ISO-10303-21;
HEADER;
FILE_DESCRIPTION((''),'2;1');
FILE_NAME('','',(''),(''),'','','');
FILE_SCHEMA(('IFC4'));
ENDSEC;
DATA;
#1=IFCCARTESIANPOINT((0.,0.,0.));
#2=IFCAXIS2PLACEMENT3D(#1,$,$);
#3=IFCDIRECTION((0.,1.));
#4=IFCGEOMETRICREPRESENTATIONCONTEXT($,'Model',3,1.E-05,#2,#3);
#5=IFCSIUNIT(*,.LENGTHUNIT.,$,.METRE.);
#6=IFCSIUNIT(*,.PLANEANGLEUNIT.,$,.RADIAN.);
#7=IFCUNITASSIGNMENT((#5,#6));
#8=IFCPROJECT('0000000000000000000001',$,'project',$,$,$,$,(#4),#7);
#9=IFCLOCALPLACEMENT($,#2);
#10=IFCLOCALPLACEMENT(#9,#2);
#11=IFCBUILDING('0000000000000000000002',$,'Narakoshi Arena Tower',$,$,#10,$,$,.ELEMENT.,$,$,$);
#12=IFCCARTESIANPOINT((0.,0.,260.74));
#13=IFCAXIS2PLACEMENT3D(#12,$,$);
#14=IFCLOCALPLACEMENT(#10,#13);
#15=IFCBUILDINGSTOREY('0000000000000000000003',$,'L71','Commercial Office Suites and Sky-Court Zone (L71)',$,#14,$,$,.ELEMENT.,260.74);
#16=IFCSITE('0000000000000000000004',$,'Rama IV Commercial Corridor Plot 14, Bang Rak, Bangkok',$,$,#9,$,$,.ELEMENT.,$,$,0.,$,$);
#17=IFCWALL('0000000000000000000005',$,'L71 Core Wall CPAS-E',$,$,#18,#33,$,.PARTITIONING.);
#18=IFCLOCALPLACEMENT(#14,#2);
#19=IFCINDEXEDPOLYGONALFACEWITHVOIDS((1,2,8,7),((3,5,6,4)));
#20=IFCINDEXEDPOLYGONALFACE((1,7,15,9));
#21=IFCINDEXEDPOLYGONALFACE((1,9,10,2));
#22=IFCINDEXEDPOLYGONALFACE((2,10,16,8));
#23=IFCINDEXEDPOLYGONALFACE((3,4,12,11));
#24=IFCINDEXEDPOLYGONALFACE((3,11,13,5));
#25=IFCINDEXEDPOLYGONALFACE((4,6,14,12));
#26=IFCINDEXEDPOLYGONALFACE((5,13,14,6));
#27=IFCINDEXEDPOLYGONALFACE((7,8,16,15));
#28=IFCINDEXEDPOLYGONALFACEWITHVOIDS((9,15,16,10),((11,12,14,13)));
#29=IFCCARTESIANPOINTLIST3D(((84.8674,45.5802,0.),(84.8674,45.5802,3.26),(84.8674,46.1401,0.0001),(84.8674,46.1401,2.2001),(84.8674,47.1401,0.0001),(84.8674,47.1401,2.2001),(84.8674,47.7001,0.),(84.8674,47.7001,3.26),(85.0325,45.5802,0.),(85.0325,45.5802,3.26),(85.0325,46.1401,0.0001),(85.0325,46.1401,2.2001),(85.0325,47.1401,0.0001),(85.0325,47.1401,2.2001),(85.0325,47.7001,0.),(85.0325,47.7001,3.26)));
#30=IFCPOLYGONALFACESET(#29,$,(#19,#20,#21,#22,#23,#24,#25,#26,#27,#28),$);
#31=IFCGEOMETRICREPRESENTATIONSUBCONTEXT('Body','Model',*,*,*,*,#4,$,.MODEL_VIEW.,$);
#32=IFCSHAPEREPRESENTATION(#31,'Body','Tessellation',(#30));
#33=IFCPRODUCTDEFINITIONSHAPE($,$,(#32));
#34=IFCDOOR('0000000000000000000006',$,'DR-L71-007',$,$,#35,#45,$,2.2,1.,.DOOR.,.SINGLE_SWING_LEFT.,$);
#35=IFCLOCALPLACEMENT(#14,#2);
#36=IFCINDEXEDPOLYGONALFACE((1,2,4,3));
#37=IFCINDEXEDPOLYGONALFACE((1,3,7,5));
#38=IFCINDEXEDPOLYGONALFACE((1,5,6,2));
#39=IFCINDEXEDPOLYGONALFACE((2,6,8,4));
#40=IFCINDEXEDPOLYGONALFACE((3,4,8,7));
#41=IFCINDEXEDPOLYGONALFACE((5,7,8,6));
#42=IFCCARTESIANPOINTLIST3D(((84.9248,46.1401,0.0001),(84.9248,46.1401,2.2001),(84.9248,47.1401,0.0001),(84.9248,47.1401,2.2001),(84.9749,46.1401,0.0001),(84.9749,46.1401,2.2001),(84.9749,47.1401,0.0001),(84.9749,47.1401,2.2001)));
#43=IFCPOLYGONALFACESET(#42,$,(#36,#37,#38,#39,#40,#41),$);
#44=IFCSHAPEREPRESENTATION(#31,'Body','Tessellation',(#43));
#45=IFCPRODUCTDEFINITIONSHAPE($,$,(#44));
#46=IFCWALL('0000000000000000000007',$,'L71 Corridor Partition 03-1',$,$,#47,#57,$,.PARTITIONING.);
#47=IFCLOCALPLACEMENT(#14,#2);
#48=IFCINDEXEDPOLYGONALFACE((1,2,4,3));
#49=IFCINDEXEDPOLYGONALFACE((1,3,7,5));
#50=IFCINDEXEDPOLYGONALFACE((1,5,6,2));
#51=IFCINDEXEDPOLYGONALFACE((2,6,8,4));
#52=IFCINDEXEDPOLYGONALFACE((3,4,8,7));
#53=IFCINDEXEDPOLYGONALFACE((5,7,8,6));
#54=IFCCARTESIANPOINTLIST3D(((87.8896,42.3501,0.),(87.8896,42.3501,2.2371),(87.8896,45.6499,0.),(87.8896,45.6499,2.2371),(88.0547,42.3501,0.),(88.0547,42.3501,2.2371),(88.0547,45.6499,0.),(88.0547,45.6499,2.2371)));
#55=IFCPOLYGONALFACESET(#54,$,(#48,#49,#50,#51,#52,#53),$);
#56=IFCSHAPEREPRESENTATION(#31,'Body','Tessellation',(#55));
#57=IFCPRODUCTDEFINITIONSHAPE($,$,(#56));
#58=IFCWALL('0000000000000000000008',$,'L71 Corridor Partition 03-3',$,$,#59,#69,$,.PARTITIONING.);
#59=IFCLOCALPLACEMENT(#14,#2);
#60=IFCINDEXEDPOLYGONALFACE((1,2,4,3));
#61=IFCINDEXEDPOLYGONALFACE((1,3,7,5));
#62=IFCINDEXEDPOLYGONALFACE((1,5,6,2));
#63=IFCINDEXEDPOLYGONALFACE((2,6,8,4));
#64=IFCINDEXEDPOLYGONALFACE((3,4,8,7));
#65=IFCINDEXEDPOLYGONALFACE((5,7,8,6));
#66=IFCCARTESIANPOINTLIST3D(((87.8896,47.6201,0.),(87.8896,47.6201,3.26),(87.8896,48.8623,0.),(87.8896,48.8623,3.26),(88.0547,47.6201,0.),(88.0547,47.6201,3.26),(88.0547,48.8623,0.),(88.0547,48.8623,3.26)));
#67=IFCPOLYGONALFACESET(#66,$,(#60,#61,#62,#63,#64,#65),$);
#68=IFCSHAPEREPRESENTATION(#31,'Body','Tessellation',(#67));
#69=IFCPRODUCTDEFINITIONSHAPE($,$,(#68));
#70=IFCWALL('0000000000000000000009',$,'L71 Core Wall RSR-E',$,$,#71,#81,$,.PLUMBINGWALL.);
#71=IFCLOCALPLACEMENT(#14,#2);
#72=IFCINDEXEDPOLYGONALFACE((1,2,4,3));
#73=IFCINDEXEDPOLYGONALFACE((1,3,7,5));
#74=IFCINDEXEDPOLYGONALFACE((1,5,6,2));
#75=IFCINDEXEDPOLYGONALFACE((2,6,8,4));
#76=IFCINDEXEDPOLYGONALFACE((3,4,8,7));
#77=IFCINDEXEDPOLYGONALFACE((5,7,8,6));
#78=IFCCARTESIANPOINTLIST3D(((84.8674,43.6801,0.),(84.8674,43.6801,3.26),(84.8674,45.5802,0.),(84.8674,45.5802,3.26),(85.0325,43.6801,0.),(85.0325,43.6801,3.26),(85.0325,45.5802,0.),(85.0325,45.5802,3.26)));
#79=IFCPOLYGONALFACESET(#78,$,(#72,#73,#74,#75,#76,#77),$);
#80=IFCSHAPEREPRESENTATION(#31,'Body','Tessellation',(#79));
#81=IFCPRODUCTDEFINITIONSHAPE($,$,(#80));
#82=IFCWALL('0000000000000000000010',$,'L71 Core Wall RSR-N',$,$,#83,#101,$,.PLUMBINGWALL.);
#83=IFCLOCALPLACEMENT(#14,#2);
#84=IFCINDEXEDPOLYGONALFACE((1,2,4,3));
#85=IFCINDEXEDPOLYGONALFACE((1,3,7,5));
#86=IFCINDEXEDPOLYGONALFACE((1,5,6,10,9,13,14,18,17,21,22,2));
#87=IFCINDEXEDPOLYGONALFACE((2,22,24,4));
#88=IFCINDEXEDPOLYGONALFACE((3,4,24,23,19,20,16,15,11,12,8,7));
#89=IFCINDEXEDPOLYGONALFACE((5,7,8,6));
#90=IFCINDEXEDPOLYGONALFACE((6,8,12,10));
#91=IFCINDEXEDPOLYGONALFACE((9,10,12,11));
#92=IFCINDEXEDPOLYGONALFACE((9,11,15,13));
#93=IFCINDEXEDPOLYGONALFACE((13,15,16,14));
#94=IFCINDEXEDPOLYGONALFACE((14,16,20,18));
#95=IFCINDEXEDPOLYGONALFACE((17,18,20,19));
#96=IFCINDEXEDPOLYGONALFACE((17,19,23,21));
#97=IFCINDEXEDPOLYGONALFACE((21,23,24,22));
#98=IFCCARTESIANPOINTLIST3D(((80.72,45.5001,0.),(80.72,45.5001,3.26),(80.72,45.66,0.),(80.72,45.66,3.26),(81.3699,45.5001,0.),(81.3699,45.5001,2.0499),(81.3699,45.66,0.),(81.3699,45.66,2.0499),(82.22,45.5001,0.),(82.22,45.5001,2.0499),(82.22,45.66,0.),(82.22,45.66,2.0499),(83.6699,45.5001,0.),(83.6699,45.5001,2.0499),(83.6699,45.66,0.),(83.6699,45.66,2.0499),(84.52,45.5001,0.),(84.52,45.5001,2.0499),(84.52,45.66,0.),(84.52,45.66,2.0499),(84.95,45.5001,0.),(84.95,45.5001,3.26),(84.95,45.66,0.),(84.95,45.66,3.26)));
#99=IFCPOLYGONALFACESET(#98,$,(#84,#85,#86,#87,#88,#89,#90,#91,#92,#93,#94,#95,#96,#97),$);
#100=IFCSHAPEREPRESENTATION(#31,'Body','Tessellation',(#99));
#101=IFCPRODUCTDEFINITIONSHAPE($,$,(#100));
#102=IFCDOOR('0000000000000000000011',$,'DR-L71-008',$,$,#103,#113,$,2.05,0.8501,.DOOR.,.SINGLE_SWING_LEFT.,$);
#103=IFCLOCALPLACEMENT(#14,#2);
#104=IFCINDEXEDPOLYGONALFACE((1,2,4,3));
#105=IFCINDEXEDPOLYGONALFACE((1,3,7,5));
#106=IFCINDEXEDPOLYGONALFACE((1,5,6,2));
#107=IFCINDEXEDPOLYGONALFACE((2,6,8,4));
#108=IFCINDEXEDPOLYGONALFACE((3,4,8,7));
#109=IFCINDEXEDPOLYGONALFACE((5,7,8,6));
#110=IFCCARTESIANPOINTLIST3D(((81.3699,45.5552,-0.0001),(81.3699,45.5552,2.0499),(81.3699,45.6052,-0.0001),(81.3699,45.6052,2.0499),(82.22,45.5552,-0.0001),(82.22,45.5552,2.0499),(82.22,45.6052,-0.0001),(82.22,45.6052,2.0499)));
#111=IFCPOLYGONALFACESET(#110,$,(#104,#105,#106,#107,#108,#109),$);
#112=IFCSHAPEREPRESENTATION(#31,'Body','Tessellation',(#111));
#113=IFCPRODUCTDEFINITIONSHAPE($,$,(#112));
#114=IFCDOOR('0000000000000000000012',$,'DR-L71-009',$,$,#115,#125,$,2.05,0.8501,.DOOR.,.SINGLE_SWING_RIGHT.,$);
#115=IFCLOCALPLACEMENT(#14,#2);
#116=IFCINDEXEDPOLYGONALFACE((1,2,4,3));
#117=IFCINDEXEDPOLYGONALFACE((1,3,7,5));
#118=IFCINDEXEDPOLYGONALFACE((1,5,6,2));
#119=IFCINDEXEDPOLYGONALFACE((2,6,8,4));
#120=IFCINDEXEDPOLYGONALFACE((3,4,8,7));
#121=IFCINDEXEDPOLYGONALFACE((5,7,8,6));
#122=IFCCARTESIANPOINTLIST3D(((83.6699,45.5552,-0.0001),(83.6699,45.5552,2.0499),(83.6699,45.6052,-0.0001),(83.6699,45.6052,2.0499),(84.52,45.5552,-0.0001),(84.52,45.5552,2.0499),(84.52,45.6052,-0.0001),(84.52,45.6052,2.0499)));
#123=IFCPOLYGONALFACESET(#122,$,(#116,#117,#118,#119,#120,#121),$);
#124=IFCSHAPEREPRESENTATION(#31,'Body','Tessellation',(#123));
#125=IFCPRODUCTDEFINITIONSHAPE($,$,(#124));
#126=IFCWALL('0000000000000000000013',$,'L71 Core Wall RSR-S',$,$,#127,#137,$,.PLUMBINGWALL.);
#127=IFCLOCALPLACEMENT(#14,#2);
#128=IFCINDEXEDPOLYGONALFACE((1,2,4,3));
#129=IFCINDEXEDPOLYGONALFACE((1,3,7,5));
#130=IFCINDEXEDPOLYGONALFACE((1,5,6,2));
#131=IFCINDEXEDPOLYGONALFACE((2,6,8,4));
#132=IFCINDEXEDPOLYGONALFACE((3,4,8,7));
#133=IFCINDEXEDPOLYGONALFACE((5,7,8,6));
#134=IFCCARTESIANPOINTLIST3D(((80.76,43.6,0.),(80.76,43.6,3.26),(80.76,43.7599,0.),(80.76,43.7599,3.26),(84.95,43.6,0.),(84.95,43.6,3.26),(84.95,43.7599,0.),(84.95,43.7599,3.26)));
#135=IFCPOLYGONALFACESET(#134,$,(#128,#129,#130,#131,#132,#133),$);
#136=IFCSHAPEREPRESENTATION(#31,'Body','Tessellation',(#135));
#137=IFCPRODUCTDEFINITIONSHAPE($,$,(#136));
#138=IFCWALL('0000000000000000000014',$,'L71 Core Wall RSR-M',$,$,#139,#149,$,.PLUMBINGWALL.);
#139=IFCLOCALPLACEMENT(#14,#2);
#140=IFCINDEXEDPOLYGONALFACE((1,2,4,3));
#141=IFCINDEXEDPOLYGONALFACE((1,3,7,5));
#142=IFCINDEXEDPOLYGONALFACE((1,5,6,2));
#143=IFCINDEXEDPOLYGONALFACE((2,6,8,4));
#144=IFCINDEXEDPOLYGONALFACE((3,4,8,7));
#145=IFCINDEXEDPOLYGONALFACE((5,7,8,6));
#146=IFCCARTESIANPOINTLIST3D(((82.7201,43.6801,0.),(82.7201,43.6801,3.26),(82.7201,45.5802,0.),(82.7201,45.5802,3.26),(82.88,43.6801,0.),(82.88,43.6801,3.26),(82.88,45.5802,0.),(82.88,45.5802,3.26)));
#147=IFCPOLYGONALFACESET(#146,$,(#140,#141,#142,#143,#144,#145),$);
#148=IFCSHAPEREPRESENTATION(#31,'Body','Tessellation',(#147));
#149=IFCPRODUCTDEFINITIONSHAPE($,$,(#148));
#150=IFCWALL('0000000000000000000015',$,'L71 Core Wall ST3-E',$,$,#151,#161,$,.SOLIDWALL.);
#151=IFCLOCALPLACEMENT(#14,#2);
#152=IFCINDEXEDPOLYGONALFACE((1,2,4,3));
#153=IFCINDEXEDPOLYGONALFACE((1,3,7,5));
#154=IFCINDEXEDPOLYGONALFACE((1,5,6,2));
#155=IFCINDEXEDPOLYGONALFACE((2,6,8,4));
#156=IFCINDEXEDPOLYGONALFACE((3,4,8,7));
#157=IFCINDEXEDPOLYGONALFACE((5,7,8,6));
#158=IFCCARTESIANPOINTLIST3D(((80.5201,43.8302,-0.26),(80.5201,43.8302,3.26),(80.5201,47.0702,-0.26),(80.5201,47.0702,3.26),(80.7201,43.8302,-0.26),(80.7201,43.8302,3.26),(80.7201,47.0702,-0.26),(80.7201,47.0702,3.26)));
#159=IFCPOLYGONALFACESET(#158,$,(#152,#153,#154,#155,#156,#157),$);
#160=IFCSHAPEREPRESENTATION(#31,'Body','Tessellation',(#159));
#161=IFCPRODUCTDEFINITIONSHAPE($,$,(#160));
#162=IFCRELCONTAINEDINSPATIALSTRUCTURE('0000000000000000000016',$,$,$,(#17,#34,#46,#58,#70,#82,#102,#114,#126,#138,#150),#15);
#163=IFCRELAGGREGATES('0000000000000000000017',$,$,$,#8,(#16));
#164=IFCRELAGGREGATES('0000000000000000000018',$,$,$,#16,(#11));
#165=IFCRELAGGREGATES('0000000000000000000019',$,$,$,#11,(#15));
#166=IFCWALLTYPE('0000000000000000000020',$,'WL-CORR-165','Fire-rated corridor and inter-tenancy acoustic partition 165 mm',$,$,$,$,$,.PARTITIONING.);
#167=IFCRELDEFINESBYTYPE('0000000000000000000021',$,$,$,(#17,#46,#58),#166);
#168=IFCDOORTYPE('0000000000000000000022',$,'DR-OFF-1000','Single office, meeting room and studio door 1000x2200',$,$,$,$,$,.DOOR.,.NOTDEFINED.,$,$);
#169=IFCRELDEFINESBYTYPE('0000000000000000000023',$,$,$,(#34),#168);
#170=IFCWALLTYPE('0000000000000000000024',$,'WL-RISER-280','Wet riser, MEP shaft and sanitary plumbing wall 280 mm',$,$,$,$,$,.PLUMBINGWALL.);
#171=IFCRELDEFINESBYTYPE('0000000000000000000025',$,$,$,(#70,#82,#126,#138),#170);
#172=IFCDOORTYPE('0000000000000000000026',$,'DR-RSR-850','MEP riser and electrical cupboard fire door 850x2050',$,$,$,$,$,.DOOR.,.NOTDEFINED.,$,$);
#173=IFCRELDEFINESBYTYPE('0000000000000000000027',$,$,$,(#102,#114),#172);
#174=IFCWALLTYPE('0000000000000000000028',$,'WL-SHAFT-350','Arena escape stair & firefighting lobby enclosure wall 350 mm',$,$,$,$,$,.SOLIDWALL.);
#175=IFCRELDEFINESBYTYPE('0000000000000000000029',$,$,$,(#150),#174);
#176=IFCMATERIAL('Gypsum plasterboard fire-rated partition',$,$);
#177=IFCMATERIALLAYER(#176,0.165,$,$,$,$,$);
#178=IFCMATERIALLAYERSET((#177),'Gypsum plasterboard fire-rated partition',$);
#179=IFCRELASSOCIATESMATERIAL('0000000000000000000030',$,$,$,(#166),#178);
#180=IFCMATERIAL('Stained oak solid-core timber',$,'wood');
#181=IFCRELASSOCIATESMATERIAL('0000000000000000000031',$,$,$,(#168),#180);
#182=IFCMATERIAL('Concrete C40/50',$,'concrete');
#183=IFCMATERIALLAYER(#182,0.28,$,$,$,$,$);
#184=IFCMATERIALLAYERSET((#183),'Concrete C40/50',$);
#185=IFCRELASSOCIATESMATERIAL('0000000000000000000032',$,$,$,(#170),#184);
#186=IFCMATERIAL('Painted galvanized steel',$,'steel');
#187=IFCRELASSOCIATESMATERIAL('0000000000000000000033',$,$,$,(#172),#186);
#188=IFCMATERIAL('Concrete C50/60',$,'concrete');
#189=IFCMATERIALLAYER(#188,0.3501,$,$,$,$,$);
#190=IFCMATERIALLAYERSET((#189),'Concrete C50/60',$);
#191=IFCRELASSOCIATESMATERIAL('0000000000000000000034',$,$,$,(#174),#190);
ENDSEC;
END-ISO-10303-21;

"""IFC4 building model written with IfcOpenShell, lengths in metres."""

from ifc_helpers import new_model, si_unit, direction, frame, frame_2d, origin, place, context, subcontext, project, spatial, rectangle, extrude, material, layer, layer_set, type_object, element, fill, save


model = new_model("IFC4")

# Units and contexts
model_context = context("Model", 3, precision=1e-05, world=origin(), true_north=direction((0.0, 1.0)))
body_context = subcontext(model_context, "Body", "Model", "MODEL_VIEW")
ifc_project = project(units=[si_unit("LENGTHUNIT", "METRE"), si_unit("PLANEANGLEUNIT", "RADIAN")], contexts=[model_context])

# Site, building, storey
site_placement = place(None, origin())
site = spatial("IfcSite", under=ifc_project, at=site_placement, Name="Rama IV Commercial Corridor Plot 14, Bang Rak, Bangkok", CompositionType="ELEMENT", RefElevation=0.0)
building_placement = place(site_placement, origin())
building = spatial("IfcBuilding", under=site, at=building_placement, Name="Narakoshi Arena Tower", CompositionType="ELEMENT")
storey_placement = place(building_placement, frame((0.0, 0.0, 260.74)))
storey = spatial("IfcBuildingStorey", under=building, at=storey_placement, Name="L71", Description="Commercial Office Suites and Sky-Court Zone (L71)", CompositionType="ELEMENT", Elevation=260.74)

# Shared definitions
ifc_material_1 = material(Name="Concrete C50/60", Category="concrete")

# Wall, opening, door
ifc_material_2 = material(Name="Gypsum plasterboard fire-rated partition")
ifc_layer_1 = layer(ifc_material_2, 0.165)
ifc_layer_set_1 = layer_set([ifc_layer_1], Name="Gypsum plasterboard fire-rated partition")
wall_type_1 = type_object("IfcWallType", Name="WL-CORR-165", Description="Fire-rated corridor and inter-tenancy acoustic partition 165 mm", PredefinedType="PARTITIONING", material=ifc_layer_set_1)
wall_1_placement = place(storey_placement, frame((84.95, 45.5801, 0.0), z_axis=(0.0, 0.0, 1.0), x_axis=(0.0, 1.0, 0.0)))
wall_1 = element("IfcWall", 1, at=wall_1_placement, inside=storey, type_object=wall_type_1, Name="L71 Core Wall CPAS-E", PredefinedType="PARTITIONING", context=body_context, shape_type="SweptSolid", body=[
    extrude(rectangle(XDim=2.1199, YDim=0.165, at=frame_2d((1.0601, 0.0))), origin(), (0.0, 0.0, 1.0), 3.26),
])
opening_1_placement = place(wall_1_placement, frame((0.5601, 0.0, 0.0)))
opening_1 = element("IfcOpeningElement", 2, at=opening_1_placement, cuts=wall_1, PredefinedType="OPENING", context=body_context, shape_type="SweptSolid", body=[
    extrude(rectangle(XDim=1.0, YDim=2.2, at=frame_2d((0.5, 1.1001))), frame((0.0, 0.0925, 0.0), z_axis=(0.0, -1.0, 0.0), x_axis=(1.0, 0.0, 0.0)), (0.0, 0.0, 1.0), 0.1851),
])
ifc_material_3 = material(Name="Stained oak solid-core timber", Category="wood")
door_type_1 = type_object("IfcDoorType", Name="DR-OFF-1000", Description="Single office, meeting room and studio door 1000x2200", OperationType="NOTDEFINED", PredefinedType="DOOR", material=ifc_material_3)
door_1_placement = place(opening_1_placement, frame((1.0, 0.0, 0.0), z_axis=(0.0, 0.0, 1.0), x_axis=(-1.0, 0.0, 0.0)))
door_1 = element("IfcDoor", 3, at=door_1_placement, inside=storey, type_object=door_type_1, Name="DR-L71-007", OperationType="SINGLE_SWING_LEFT", OverallHeight=2.2, OverallWidth=1.0, PredefinedType="DOOR", context=body_context, shape_type="SweptSolid", body=[
    extrude(rectangle(XDim=1.0, YDim=2.2, at=frame_2d((0.5, 1.1001))), frame((0.0, 0.0249, 0.0), z_axis=(0.0, -1.0, 0.0), x_axis=(1.0, 0.0, 0.0)), (0.0, 0.0, 1.0), 0.05),
])
fill(opening_1, door_1)

# Walls
wall_2_placement = place(storey_placement, frame((87.9722, 42.3501, 0.0), z_axis=(0.0, 0.0, 1.0), x_axis=(0.0, 1.0, 0.0)))
element("IfcWall", 4, at=wall_2_placement, inside=storey, type_object=wall_type_1, Name="L71 Corridor Partition 03-1", PredefinedType="PARTITIONING", context=body_context, shape_type="SweptSolid", body=[
    extrude(rectangle(XDim=3.2998, YDim=0.165, at=frame_2d((1.6499, 0.0))), origin(), (0.0, 0.0, 1.0), 2.2371),
])
wall_3_placement = place(storey_placement, frame((87.9722, 47.6201, 0.0), z_axis=(0.0, 0.0, 1.0), x_axis=(0.0, 1.0, 0.0)))
element("IfcWall", 5, at=wall_3_placement, inside=storey, type_object=wall_type_1, Name="L71 Corridor Partition 03-3", PredefinedType="PARTITIONING", context=body_context, shape_type="SweptSolid", body=[
    extrude(rectangle(XDim=1.2422, YDim=0.165, at=frame_2d((0.6211, 0.0))), origin(), (0.0, 0.0, 1.0), 3.26),
])
ifc_material_4 = material(Name="Concrete C40/50", Category="concrete")
ifc_layer_2 = layer(ifc_material_4, 0.28)
ifc_layer_set_2 = layer_set([ifc_layer_2], Name="Concrete C40/50")
wall_type_2 = type_object("IfcWallType", Name="WL-RISER-280", Description="Wet riser, MEP shaft and sanitary plumbing wall 280 mm", PredefinedType="PLUMBINGWALL", material=ifc_layer_set_2)
wall_4_placement = place(storey_placement, frame((84.95, 43.6799, 0.0), z_axis=(0.0, 0.0, 1.0), x_axis=(0.0, 1.0, 0.0)))
element("IfcWall", 6, at=wall_4_placement, inside=storey, type_object=wall_type_2, Name="L71 Core Wall RSR-E", PredefinedType="PLUMBINGWALL", context=body_context, shape_type="SweptSolid", body=[
    extrude(rectangle(XDim=1.9001, YDim=0.165, at=frame_2d((0.9502, 0.0))), origin(), (0.0, 0.0, 1.0), 3.26),
])

# Wall, openings, doors
wall_5_placement = place(storey_placement, frame((80.72, 45.5801, 0.0), z_axis=(0.0, 0.0, 1.0), x_axis=(1.0, 0.0, 0.0)))
wall_5 = element("IfcWall", 7, at=wall_5_placement, inside=storey, type_object=wall_type_2, Name="L71 Core Wall RSR-N", PredefinedType="PLUMBINGWALL", context=body_context, shape_type="SweptSolid", body=[
    extrude(rectangle(XDim=4.23, YDim=0.1599, at=frame_2d((2.115, 0.0))), origin(), (0.0, 0.0, 1.0), 3.26),
])
opening_2_placement = place(wall_5_placement, frame((0.6499, 0.0, 0.0)))
opening_2 = element("IfcOpeningElement", 8, at=opening_2_placement, cuts=wall_5, PredefinedType="OPENING", context=body_context, shape_type="SweptSolid", body=[
    extrude(rectangle(XDim=0.8501, YDim=2.05, at=frame_2d((0.425, 1.0249))), frame((0.0, 0.0898, 0.0), z_axis=(0.0, -1.0, 0.0), x_axis=(1.0, 0.0, 0.0)), (0.0, 0.0, 1.0), 0.1799),
])
opening_3_placement = place(wall_5_placement, frame((2.95, 0.0, 0.0)))
opening_3 = element("IfcOpeningElement", 9, at=opening_3_placement, cuts=wall_5, PredefinedType="OPENING", context=body_context, shape_type="SweptSolid", body=[
    extrude(rectangle(XDim=0.8501, YDim=2.05, at=frame_2d((0.425, 1.0249))), frame((0.0, 0.0898, 0.0), z_axis=(0.0, -1.0, 0.0), x_axis=(1.0, 0.0, 0.0)), (0.0, 0.0, 1.0), 0.1799),
])
ifc_material_5 = material(Name="Painted galvanized steel", Category="steel")
door_type_2 = type_object("IfcDoorType", Name="DR-RSR-850", Description="MEP riser and electrical cupboard fire door 850x2050", OperationType="NOTDEFINED", PredefinedType="DOOR", material=ifc_material_5)
door_2_placement = place(opening_2_placement, frame((0.8501, 0.0, 0.0), z_axis=(0.0, 0.0, 1.0), x_axis=(-1.0, 0.0, 0.0)))
door_2 = element("IfcDoor", 10, at=door_2_placement, inside=storey, type_object=door_type_2, Name="DR-L71-008", OperationType="SINGLE_SWING_LEFT", OverallHeight=2.05, OverallWidth=0.8501, PredefinedType="DOOR", context=body_context, shape_type="SweptSolid", body=[
    extrude(rectangle(XDim=0.8501, YDim=2.05, at=frame_2d((0.425, 1.0249))), frame((0.0, 0.0249, 0.0), z_axis=(0.0, -1.0, 0.0), x_axis=(1.0, 0.0, 0.0)), (0.0, 0.0, 1.0), 0.05),
])
fill(opening_2, door_2)
door_3_placement = place(opening_3_placement, frame((0.8501, 0.0, 0.0), z_axis=(0.0, 0.0, 1.0), x_axis=(-1.0, 0.0, 0.0)))
door_3 = element("IfcDoor", 11, at=door_3_placement, inside=storey, type_object=door_type_2, Name="DR-L71-009", OperationType="SINGLE_SWING_RIGHT", OverallHeight=2.05, OverallWidth=0.8501, PredefinedType="DOOR", context=body_context, shape_type="SweptSolid", body=[
    extrude(rectangle(XDim=0.8501, YDim=2.05, at=frame_2d((0.425, 1.0249))), frame((0.0, 0.0249, 0.0), z_axis=(0.0, -1.0, 0.0), x_axis=(1.0, 0.0, 0.0)), (0.0, 0.0, 1.0), 0.05),
])
fill(opening_3, door_3)

# Walls
wall_6_placement = place(storey_placement, frame((80.76, 43.6799, 0.0), z_axis=(0.0, 0.0, 1.0), x_axis=(1.0, 0.0, 0.0)))
element("IfcWall", 12, at=wall_6_placement, inside=storey, type_object=wall_type_2, Name="L71 Core Wall RSR-S", PredefinedType="PLUMBINGWALL", context=body_context, shape_type="SweptSolid", body=[
    extrude(rectangle(XDim=4.1899, YDim=0.1599, at=frame_2d((2.095, 0.0))), origin(), (0.0, 0.0, 1.0), 3.26),
])
wall_7_placement = place(storey_placement, frame((82.8, 43.6799, 0.0), z_axis=(0.0, 0.0, 1.0), x_axis=(0.0, 1.0, 0.0)))
element("IfcWall", 13, at=wall_7_placement, inside=storey, type_object=wall_type_2, Name="L71 Core Wall RSR-M", PredefinedType="PLUMBINGWALL", context=body_context, shape_type="SweptSolid", body=[
    extrude(rectangle(XDim=1.9001, YDim=0.1599, at=frame_2d((0.9502, 0.0))), origin(), (0.0, 0.0, 1.0), 3.26),
])
ifc_layer_3 = layer(ifc_material_1, 0.3501)
ifc_layer_set_3 = layer_set([ifc_layer_3], Name="Concrete C50/60")
wall_type_3 = type_object("IfcWallType", Name="WL-SHAFT-350", Description="Arena escape stair & firefighting lobby enclosure wall 350 mm", PredefinedType="SOLIDWALL", material=ifc_layer_set_3)
wall_8_placement = place(storey_placement, frame((80.6201, 43.8301, -0.26), z_axis=(0.0, 0.0, 1.0), x_axis=(0.0, 1.0, 0.0)))
element("IfcWall", 14, at=wall_8_placement, inside=storey, type_object=wall_type_3, Name="L71 Core Wall ST3-E", PredefinedType="SOLIDWALL", context=body_context, shape_type="SweptSolid", body=[
    extrude(rectangle(XDim=3.24, YDim=0.2, at=frame_2d((1.6201, 0.0))), origin(), (0.0, 0.0, 1.0), 3.52),
])

save(model, "model.ifc")
